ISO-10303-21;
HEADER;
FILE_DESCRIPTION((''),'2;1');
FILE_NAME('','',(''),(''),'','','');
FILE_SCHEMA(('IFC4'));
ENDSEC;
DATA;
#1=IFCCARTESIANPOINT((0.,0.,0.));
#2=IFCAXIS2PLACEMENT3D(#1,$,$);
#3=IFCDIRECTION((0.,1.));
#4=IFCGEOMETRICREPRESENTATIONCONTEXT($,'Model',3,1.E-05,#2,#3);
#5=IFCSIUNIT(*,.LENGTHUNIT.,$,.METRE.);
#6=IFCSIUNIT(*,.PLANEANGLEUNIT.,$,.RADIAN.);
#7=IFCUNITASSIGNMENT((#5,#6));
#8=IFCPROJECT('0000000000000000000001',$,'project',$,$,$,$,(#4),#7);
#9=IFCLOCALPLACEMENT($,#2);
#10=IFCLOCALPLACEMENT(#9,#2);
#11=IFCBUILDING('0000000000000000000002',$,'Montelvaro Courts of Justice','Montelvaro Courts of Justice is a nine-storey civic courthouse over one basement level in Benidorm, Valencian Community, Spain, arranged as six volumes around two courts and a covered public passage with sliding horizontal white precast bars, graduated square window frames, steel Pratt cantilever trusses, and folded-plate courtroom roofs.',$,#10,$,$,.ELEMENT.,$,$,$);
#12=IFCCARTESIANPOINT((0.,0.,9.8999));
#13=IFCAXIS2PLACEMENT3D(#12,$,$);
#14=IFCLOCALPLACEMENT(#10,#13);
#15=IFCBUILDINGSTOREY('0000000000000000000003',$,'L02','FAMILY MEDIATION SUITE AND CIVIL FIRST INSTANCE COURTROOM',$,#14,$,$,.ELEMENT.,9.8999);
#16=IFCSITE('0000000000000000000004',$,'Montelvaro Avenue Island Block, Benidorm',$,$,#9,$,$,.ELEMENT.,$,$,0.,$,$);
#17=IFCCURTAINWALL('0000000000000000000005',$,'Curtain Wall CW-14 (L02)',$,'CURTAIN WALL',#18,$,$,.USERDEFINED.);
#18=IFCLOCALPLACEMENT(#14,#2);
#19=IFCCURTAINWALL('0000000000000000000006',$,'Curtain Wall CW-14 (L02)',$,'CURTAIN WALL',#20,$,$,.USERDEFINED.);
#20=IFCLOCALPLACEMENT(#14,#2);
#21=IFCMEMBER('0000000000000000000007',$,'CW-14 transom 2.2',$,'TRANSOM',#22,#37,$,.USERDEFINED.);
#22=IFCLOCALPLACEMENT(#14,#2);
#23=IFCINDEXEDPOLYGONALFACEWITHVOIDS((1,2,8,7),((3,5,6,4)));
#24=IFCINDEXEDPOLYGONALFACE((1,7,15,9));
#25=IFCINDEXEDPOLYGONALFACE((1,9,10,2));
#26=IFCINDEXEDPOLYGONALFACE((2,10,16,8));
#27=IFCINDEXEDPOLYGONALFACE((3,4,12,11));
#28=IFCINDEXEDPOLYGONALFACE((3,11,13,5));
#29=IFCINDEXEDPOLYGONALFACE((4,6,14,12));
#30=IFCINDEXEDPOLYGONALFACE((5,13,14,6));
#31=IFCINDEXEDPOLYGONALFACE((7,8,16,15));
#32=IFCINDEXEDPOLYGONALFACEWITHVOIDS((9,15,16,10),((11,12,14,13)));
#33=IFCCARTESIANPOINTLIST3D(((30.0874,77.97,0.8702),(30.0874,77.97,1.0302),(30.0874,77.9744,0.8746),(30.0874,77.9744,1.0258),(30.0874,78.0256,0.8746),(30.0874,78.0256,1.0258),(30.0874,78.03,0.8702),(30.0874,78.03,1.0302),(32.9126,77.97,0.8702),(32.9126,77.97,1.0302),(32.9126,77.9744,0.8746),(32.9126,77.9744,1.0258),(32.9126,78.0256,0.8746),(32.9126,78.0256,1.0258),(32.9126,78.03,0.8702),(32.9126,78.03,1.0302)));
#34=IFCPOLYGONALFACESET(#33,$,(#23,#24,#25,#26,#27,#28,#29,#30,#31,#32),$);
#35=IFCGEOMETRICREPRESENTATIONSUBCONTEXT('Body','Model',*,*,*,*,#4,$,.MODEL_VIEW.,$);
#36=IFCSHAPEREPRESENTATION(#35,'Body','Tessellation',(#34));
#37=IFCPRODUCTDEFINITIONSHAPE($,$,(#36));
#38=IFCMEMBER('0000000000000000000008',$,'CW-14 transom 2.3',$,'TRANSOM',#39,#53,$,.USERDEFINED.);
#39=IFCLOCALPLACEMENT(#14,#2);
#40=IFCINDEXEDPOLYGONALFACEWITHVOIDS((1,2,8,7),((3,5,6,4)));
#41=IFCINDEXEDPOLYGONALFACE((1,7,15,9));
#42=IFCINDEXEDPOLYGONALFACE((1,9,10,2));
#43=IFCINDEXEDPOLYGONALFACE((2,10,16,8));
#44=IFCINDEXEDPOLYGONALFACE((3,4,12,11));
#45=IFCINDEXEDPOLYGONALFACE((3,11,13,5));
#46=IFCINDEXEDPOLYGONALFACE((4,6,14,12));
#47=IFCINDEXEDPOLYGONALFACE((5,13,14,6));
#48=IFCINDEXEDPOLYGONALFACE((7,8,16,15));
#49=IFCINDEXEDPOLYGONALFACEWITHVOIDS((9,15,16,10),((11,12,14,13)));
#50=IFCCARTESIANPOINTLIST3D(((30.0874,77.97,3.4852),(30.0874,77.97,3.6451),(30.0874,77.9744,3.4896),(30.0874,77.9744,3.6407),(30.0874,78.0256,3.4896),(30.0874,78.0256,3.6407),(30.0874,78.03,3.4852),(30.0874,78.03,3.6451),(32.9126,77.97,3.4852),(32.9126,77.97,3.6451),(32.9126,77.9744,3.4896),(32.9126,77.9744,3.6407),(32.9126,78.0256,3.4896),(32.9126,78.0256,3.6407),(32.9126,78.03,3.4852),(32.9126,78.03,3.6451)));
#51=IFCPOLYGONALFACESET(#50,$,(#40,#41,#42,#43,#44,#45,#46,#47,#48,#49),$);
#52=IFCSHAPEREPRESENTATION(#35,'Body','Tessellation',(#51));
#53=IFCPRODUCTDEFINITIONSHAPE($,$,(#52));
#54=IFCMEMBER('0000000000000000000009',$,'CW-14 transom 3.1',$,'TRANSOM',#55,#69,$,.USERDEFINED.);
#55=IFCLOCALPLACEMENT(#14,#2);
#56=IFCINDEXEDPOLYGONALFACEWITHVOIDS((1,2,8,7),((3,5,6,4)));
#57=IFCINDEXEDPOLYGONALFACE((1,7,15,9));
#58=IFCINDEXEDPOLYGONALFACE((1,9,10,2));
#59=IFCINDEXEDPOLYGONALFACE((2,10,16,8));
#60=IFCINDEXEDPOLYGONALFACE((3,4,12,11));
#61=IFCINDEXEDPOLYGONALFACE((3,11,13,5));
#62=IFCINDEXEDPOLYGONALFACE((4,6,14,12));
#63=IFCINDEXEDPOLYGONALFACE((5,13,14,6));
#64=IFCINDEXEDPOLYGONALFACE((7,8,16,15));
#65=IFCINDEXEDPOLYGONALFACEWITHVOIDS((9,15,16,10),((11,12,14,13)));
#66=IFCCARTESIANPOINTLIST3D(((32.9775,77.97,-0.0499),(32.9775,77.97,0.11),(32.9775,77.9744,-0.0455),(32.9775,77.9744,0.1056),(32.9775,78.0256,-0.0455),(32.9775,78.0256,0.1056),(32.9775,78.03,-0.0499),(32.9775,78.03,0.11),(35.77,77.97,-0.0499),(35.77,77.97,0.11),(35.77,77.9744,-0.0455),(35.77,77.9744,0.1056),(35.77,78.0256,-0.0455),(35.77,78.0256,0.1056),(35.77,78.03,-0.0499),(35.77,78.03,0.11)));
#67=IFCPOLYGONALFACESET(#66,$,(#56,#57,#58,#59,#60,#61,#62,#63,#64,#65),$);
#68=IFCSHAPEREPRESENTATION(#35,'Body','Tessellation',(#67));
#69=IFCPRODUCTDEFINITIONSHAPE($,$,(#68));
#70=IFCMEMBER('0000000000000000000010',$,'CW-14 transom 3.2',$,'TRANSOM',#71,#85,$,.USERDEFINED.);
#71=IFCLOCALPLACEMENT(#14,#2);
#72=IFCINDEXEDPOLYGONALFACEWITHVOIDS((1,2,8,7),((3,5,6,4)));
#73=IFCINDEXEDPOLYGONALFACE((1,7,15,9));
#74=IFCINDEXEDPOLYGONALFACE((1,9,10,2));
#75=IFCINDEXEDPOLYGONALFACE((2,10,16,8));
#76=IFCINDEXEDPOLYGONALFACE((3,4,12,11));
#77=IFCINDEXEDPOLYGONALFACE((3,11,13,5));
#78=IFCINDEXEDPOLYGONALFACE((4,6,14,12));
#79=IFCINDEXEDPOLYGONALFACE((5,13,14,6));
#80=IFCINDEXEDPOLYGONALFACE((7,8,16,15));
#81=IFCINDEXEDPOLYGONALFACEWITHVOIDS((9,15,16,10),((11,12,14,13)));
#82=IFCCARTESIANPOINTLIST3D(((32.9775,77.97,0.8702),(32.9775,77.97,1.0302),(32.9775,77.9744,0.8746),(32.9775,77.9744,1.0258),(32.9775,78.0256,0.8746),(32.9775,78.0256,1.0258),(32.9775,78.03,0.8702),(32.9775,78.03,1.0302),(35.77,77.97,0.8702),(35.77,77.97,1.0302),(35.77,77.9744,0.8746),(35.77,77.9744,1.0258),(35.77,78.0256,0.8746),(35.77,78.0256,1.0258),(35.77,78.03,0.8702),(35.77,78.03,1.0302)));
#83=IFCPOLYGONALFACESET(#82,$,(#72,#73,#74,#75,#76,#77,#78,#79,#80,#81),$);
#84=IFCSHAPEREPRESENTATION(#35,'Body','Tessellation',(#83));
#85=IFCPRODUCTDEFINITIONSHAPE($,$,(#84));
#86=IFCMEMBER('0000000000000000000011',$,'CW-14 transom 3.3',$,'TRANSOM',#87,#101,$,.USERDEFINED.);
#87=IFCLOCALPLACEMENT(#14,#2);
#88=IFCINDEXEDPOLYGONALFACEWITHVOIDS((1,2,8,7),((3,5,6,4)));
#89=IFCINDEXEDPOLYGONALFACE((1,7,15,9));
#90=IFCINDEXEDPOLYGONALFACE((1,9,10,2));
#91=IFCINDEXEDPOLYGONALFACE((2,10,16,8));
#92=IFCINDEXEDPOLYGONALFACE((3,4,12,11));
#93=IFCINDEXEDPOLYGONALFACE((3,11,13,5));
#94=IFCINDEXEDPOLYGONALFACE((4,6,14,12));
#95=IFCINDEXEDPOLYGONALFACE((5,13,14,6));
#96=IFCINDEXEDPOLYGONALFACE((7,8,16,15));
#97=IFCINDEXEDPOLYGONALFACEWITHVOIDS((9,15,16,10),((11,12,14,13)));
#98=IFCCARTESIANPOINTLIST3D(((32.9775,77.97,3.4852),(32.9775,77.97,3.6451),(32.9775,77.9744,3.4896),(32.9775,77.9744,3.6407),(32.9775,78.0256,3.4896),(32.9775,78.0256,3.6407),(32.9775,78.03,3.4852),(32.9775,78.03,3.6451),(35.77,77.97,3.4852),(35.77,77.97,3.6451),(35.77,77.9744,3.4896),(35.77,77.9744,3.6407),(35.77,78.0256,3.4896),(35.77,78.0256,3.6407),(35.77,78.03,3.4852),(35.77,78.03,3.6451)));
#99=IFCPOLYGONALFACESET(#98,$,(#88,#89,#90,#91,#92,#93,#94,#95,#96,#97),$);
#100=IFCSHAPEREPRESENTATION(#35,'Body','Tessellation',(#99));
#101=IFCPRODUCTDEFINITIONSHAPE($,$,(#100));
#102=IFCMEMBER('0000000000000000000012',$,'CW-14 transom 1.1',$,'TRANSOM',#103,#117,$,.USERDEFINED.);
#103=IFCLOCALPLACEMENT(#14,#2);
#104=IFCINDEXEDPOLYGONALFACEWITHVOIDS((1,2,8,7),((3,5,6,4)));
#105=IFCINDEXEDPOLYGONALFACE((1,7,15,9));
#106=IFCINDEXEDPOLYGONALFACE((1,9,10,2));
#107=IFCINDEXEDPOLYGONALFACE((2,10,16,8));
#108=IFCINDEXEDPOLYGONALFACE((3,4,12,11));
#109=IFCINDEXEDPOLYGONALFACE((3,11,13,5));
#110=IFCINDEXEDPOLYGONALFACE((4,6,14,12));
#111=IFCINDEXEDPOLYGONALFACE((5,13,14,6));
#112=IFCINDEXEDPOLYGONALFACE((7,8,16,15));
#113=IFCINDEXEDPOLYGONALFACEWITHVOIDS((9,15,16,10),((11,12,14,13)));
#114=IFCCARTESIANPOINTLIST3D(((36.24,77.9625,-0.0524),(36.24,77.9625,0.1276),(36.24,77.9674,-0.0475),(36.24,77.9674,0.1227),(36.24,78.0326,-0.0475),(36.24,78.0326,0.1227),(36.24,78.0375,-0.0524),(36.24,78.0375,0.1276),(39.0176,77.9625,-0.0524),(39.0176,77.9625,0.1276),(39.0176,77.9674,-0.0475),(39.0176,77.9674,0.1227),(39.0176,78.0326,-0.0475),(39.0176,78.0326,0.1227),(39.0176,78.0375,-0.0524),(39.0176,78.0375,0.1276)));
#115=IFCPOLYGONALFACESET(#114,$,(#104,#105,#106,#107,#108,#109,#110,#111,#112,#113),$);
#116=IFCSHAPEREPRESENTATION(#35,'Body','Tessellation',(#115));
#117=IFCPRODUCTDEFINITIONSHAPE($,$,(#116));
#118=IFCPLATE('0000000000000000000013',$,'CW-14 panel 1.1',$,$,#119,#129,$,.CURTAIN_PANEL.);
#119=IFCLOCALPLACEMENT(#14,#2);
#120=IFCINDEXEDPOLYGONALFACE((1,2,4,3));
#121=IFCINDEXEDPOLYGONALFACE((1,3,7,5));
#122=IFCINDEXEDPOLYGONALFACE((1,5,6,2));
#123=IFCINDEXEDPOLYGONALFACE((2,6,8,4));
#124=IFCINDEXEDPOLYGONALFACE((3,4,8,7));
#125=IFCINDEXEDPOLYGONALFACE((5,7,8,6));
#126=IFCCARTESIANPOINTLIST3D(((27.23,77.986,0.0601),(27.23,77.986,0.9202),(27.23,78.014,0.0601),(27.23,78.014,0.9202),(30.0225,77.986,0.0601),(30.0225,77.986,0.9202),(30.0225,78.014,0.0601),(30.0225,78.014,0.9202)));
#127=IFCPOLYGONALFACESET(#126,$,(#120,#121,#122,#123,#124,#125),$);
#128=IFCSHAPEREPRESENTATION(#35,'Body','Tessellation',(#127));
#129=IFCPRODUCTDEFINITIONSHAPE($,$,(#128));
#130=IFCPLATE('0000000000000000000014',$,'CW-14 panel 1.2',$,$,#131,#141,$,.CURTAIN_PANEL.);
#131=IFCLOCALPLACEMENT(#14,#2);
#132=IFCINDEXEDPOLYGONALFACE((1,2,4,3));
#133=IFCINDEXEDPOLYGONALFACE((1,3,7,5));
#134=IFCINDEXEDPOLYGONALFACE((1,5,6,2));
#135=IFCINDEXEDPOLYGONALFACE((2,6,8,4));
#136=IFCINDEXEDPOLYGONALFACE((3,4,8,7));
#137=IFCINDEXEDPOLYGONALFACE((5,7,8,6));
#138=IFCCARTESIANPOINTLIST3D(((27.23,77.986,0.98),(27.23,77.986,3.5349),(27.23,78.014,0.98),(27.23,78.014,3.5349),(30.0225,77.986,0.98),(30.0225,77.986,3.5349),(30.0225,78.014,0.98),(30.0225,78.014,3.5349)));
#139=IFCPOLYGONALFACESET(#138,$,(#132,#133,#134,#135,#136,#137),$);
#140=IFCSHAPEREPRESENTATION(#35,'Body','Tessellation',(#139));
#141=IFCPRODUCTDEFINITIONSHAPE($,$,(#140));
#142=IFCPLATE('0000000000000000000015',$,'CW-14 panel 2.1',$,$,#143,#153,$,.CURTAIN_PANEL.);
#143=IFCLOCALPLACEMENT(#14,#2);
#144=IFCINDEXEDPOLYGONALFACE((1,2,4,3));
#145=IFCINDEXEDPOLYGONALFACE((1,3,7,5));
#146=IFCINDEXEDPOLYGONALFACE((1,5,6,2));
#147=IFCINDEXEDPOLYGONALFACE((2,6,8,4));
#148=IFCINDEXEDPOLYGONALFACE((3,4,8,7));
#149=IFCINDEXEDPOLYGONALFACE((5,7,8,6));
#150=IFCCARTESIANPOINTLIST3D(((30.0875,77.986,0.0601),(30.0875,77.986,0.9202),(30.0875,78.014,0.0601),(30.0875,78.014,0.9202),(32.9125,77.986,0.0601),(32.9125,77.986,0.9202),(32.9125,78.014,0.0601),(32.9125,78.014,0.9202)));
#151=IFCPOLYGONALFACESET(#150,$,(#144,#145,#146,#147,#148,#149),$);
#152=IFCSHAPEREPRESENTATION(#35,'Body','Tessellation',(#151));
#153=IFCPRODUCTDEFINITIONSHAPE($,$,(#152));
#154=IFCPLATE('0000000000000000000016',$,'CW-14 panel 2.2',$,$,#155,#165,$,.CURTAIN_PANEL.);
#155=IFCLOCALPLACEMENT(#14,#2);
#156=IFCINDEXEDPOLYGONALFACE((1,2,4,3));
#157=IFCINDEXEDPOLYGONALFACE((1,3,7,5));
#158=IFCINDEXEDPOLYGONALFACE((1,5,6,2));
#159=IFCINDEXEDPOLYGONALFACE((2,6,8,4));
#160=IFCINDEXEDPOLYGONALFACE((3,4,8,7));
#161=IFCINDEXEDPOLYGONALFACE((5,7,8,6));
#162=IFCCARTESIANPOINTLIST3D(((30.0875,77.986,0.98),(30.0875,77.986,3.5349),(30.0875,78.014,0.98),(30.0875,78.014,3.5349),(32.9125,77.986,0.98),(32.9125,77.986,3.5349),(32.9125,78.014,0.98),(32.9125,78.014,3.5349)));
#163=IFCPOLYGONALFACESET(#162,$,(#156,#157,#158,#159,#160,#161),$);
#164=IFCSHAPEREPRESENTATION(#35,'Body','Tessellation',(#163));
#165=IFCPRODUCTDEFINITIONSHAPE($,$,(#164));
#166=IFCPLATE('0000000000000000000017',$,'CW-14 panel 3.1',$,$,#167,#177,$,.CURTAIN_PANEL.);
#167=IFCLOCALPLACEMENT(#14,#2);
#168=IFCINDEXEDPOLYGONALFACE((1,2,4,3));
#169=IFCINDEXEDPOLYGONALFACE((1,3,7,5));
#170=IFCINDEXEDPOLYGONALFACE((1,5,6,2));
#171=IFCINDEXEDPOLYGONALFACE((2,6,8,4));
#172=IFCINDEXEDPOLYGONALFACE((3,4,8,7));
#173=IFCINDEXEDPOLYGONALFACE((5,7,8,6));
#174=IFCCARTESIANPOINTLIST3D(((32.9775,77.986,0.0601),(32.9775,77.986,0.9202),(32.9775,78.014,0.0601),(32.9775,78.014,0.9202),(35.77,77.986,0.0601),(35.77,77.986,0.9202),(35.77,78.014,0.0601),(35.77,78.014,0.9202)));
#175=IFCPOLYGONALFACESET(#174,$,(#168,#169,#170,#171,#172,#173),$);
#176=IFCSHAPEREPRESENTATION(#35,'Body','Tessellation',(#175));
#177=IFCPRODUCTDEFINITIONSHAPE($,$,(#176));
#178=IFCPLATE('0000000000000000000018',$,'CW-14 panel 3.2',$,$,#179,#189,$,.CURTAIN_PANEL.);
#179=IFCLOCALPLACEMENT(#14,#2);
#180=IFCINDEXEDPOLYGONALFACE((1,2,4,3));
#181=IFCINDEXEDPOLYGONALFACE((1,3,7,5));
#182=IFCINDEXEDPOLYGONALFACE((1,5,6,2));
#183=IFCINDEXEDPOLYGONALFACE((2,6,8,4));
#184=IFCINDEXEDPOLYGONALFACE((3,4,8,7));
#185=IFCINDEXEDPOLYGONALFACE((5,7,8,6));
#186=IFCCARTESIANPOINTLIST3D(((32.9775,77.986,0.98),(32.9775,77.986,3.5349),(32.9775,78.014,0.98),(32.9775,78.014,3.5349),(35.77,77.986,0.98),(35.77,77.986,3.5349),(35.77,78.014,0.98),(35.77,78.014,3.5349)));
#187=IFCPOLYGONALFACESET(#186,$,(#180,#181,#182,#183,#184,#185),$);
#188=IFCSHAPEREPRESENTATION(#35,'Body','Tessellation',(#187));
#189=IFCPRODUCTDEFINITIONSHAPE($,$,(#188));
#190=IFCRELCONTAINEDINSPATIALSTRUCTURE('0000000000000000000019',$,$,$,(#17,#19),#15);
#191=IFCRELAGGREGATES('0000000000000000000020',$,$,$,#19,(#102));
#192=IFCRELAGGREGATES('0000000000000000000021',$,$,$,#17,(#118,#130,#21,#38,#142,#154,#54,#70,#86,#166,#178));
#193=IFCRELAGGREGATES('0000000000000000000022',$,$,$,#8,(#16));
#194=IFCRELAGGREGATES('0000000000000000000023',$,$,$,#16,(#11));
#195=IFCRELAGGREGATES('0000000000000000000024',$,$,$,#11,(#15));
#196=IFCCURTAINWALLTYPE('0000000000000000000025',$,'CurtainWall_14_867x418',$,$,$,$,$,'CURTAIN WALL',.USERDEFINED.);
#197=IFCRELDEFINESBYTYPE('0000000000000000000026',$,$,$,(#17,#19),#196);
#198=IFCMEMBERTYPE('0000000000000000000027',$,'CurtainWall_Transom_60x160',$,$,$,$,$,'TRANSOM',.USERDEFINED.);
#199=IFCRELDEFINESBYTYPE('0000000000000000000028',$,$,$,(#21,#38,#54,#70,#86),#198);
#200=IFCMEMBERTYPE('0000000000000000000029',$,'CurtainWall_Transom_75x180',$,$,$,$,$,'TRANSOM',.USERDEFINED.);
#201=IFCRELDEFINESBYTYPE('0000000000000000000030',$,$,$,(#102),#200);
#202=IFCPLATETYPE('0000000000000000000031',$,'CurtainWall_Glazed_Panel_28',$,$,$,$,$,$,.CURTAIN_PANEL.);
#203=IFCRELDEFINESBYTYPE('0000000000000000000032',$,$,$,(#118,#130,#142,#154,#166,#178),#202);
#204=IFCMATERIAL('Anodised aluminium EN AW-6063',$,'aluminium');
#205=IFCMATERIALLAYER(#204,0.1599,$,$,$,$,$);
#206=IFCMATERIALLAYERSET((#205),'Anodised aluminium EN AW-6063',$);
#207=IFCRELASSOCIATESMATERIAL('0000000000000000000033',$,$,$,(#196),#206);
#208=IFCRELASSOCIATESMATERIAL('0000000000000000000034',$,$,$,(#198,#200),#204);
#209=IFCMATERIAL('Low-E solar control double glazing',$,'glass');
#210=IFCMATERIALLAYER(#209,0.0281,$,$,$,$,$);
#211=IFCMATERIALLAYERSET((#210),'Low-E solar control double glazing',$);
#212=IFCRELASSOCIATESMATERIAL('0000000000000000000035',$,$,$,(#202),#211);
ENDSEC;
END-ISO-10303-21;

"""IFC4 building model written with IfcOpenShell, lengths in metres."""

from ifc_helpers import new_model, si_unit, direction, frame, origin, origin_2d, place, context, subcontext, project, spatial, rectangle, hollow_rectangle, extrude, material, layer, layer_set, material_profile, profile_set, type_object, element, aggregate, save


model = new_model("IFC4")

# Units and contexts
model_context = context("Model", 3, precision=1e-05, world=origin(), true_north=direction((0.0, 1.0)))
body_context = subcontext(model_context, "Body", "Model", "MODEL_VIEW")
ifc_project = project(units=[si_unit("LENGTHUNIT", "METRE"), si_unit("PLANEANGLEUNIT", "RADIAN")], contexts=[model_context])

# Site, building, storey
site_placement = place(None, origin())
site = spatial("IfcSite", under=ifc_project, at=site_placement, Name="Montelvaro Avenue Island Block, Benidorm", CompositionType="ELEMENT", RefElevation=0.0)
building_placement = place(site_placement, origin())
building = spatial("IfcBuilding", under=site, at=building_placement, Name="Montelvaro Courts of Justice", Description="Montelvaro Courts of Justice is a nine-storey civic courthouse over one basement level in Benidorm, Valencian Community, Spain, arranged as six volumes around two courts and a covered public passage with sliding horizontal white precast bars, graduated square window frames, steel Pratt cantilever trusses, and folded-plate courtroom roofs.", CompositionType="ELEMENT")
storey_placement = place(building_placement, frame((0.0, 0.0, 9.8999)))
storey = spatial("IfcBuildingStorey", under=building, at=storey_placement, Name="L02", Description="FAMILY MEDIATION SUITE AND CIVIL FIRST INSTANCE COURTROOM", CompositionType="ELEMENT", Elevation=9.8999)

# Curtain wall
ifc_material_1 = material(Name="Anodised aluminium EN AW-6063", Category="aluminium")
ifc_layer_1 = layer(ifc_material_1, 0.1599)
ifc_layer_set_1 = layer_set([ifc_layer_1], Name="Anodised aluminium EN AW-6063")
curtain_wall_type = type_object("IfcCurtainWallType", Name="CurtainWall_14_867x418", ElementType="CURTAIN WALL", PredefinedType="USERDEFINED", material=ifc_layer_set_1)
curtain_wall_1_placement = place(storey_placement, origin())
curtain_wall_1 = element("IfcCurtainWall", 1, at=curtain_wall_1_placement, inside=storey, type_object=curtain_wall_type, Name="Curtain Wall CW-14 (L02)", ObjectType="CURTAIN WALL", PredefinedType="USERDEFINED")

# Curtain wall
curtain_wall_2_placement = place(storey_placement, origin())
curtain_wall_2 = element("IfcCurtainWall", 2, at=curtain_wall_2_placement, inside=storey, type_object=curtain_wall_type, Name="Curtain Wall CW-14 (L02)", ObjectType="CURTAIN WALL", PredefinedType="USERDEFINED")

# Members
ifc_material_profile_1 = material_profile(ifc_material_1, hollow_rectangle(XDim=0.0601, YDim=0.1599, WallThickness=0.0044, at=origin_2d()), Name="ALU-T 60x160")
ifc_profile_set_1 = profile_set([ifc_material_profile_1], Name="Anodised aluminium EN AW-6063")
member_type_1 = type_object("IfcMemberType", Name="CurtainWall_Transom_60x160", ElementType="TRANSOM", PredefinedType="USERDEFINED", material=ifc_profile_set_1)
member_1_placement = place(storey_placement, frame((30.0874, 78.0, 0.9502), z_axis=(1.0, 0.0, 0.0), x_axis=(0.0, 1.0, 0.0)))
member_1 = element("IfcMember", 3, at=member_1_placement, type_object=member_type_1, Name="CW-14 transom 2.2", ObjectType="TRANSOM", PredefinedType="USERDEFINED", context=body_context, shape_type="SweptSolid", body=[
    extrude(hollow_rectangle(XDim=0.0601, YDim=0.1599, WallThickness=0.0044, at=origin_2d()), origin(), (0.0, 0.0, 1.0), 2.8252),
])
member_2_placement = place(storey_placement, frame((30.0874, 78.0, 3.5652), z_axis=(1.0, 0.0, 0.0), x_axis=(0.0, 1.0, 0.0)))
member_2 = element("IfcMember", 4, at=member_2_placement, type_object=member_type_1, Name="CW-14 transom 2.3", ObjectType="TRANSOM", PredefinedType="USERDEFINED", context=body_context, shape_type="SweptSolid", body=[
    extrude(hollow_rectangle(XDim=0.0601, YDim=0.1599, WallThickness=0.0044, at=origin_2d()), origin(), (0.0, 0.0, 1.0), 2.8252),
])
member_3_placement = place(storey_placement, frame((32.9775, 78.0, 0.03), z_axis=(1.0, 0.0, 0.0), x_axis=(0.0, 1.0, 0.0)))
member_3 = element("IfcMember", 5, at=member_3_placement, type_object=member_type_1, Name="CW-14 transom 3.1", ObjectType="TRANSOM", PredefinedType="USERDEFINED", context=body_context, shape_type="SweptSolid", body=[
    extrude(hollow_rectangle(XDim=0.0601, YDim=0.1599, WallThickness=0.0044, at=origin_2d()), origin(), (0.0, 0.0, 1.0), 2.7925),
])
member_4_placement = place(storey_placement, frame((32.9775, 78.0, 0.9502), z_axis=(1.0, 0.0, 0.0), x_axis=(0.0, 1.0, 0.0)))
member_4 = element("IfcMember", 6, at=member_4_placement, type_object=member_type_1, Name="CW-14 transom 3.2", ObjectType="TRANSOM", PredefinedType="USERDEFINED", context=body_context, shape_type="SweptSolid", body=[
    extrude(hollow_rectangle(XDim=0.0601, YDim=0.1599, WallThickness=0.0044, at=origin_2d()), origin(), (0.0, 0.0, 1.0), 2.7925),
])
member_5_placement = place(storey_placement, frame((32.9775, 78.0, 3.5652), z_axis=(1.0, 0.0, 0.0), x_axis=(0.0, 1.0, 0.0)))
member_5 = element("IfcMember", 7, at=member_5_placement, type_object=member_type_1, Name="CW-14 transom 3.3", ObjectType="TRANSOM", PredefinedType="USERDEFINED", context=body_context, shape_type="SweptSolid", body=[
    extrude(hollow_rectangle(XDim=0.0601, YDim=0.1599, WallThickness=0.0044, at=origin_2d()), origin(), (0.0, 0.0, 1.0), 2.7925),
])
ifc_material_profile_2 = material_profile(ifc_material_1, hollow_rectangle(XDim=0.075, YDim=0.1799, WallThickness=0.0049, at=origin_2d()), Name="ALU-T 75x180")
ifc_profile_set_2 = profile_set([ifc_material_profile_2], Name="Anodised aluminium EN AW-6063")
member_type_2 = type_object("IfcMemberType", Name="CurtainWall_Transom_75x180", ElementType="TRANSOM", PredefinedType="USERDEFINED", material=ifc_profile_set_2)
member_6_placement = place(storey_placement, frame((36.24, 78.0, 0.0376), z_axis=(1.0, 0.0, 0.0), x_axis=(0.0, 1.0, 0.0)))
member_6 = element("IfcMember", 8, at=member_6_placement, type_object=member_type_2, Name="CW-14 transom 1.1", ObjectType="TRANSOM", PredefinedType="USERDEFINED", context=body_context, shape_type="SweptSolid", body=[
    extrude(hollow_rectangle(XDim=0.075, YDim=0.1799, WallThickness=0.0049, at=origin_2d()), origin(), (0.0, 0.0, 1.0), 2.7776),
])
aggregate(curtain_wall_2, [member_6])

# Plates
ifc_material_2 = material(Name="Low-E solar control double glazing", Category="glass")
ifc_layer_2 = layer(ifc_material_2, 0.0281)
ifc_layer_set_2 = layer_set([ifc_layer_2], Name="Low-E solar control double glazing")
plate_type = type_object("IfcPlateType", Name="CurtainWall_Glazed_Panel_28", PredefinedType="CURTAIN_PANEL", material=ifc_layer_set_2)
plate_1_placement = place(storey_placement, frame((28.6262, 78.0, 0.0601), z_axis=(0.0, 0.0, 1.0), x_axis=(1.0, 0.0, 0.0)))
plate_1 = element("IfcPlate", 9, at=plate_1_placement, type_object=plate_type, Name="CW-14 panel 1.1", PredefinedType="CURTAIN_PANEL", context=body_context, shape_type="SweptSolid", body=[
    extrude(rectangle(XDim=2.7925, YDim=0.0281, at=origin_2d()), origin(), (0.0, 0.0, 1.0), 0.8601),
])
plate_2_placement = place(storey_placement, frame((28.6262, 78.0, 0.98), z_axis=(0.0, 0.0, 1.0), x_axis=(1.0, 0.0, 0.0)))
plate_2 = element("IfcPlate", 10, at=plate_2_placement, type_object=plate_type, Name="CW-14 panel 1.2", PredefinedType="CURTAIN_PANEL", context=body_context, shape_type="SweptSolid", body=[
    extrude(rectangle(XDim=2.7925, YDim=0.0281, at=origin_2d()), origin(), (0.0, 0.0, 1.0), 2.5549),
])
plate_3_placement = place(storey_placement, frame((31.5, 78.0, 0.0601), z_axis=(0.0, 0.0, 1.0), x_axis=(1.0, 0.0, 0.0)))
plate_3 = element("IfcPlate", 11, at=plate_3_placement, type_object=plate_type, Name="CW-14 panel 2.1", PredefinedType="CURTAIN_PANEL", context=body_context, shape_type="SweptSolid", body=[
    extrude(rectangle(XDim=2.825, YDim=0.0281, at=origin_2d()), origin(), (0.0, 0.0, 1.0), 0.8601),
])
plate_4_placement = place(storey_placement, frame((31.5, 78.0, 0.98), z_axis=(0.0, 0.0, 1.0), x_axis=(1.0, 0.0, 0.0)))
plate_4 = element("IfcPlate", 12, at=plate_4_placement, type_object=plate_type, Name="CW-14 panel 2.2", PredefinedType="CURTAIN_PANEL", context=body_context, shape_type="SweptSolid", body=[
    extrude(rectangle(XDim=2.825, YDim=0.0281, at=origin_2d()), origin(), (0.0, 0.0, 1.0), 2.5549),
])
plate_5_placement = place(storey_placement, frame((34.3738, 78.0, 0.0601), z_axis=(0.0, 0.0, 1.0), x_axis=(1.0, 0.0, 0.0)))
plate_5 = element("IfcPlate", 13, at=plate_5_placement, type_object=plate_type, Name="CW-14 panel 3.1", PredefinedType="CURTAIN_PANEL", context=body_context, shape_type="SweptSolid", body=[
    extrude(rectangle(XDim=2.7925, YDim=0.0281, at=origin_2d()), origin(), (0.0, 0.0, 1.0), 0.8601),
])
plate_6_placement = place(storey_placement, frame((34.3738, 78.0, 0.98), z_axis=(0.0, 0.0, 1.0), x_axis=(1.0, 0.0, 0.0)))
plate_6 = element("IfcPlate", 14, at=plate_6_placement, type_object=plate_type, Name="CW-14 panel 3.2", PredefinedType="CURTAIN_PANEL", context=body_context, shape_type="SweptSolid", body=[
    extrude(rectangle(XDim=2.7925, YDim=0.0281, at=origin_2d()), origin(), (0.0, 0.0, 1.0), 2.5549),
])
aggregate(curtain_wall_1, [plate_1, plate_2, member_1, member_2, plate_3, plate_4, member_3, member_4, member_5, plate_5, plate_6])

save(model, "model.ifc")
